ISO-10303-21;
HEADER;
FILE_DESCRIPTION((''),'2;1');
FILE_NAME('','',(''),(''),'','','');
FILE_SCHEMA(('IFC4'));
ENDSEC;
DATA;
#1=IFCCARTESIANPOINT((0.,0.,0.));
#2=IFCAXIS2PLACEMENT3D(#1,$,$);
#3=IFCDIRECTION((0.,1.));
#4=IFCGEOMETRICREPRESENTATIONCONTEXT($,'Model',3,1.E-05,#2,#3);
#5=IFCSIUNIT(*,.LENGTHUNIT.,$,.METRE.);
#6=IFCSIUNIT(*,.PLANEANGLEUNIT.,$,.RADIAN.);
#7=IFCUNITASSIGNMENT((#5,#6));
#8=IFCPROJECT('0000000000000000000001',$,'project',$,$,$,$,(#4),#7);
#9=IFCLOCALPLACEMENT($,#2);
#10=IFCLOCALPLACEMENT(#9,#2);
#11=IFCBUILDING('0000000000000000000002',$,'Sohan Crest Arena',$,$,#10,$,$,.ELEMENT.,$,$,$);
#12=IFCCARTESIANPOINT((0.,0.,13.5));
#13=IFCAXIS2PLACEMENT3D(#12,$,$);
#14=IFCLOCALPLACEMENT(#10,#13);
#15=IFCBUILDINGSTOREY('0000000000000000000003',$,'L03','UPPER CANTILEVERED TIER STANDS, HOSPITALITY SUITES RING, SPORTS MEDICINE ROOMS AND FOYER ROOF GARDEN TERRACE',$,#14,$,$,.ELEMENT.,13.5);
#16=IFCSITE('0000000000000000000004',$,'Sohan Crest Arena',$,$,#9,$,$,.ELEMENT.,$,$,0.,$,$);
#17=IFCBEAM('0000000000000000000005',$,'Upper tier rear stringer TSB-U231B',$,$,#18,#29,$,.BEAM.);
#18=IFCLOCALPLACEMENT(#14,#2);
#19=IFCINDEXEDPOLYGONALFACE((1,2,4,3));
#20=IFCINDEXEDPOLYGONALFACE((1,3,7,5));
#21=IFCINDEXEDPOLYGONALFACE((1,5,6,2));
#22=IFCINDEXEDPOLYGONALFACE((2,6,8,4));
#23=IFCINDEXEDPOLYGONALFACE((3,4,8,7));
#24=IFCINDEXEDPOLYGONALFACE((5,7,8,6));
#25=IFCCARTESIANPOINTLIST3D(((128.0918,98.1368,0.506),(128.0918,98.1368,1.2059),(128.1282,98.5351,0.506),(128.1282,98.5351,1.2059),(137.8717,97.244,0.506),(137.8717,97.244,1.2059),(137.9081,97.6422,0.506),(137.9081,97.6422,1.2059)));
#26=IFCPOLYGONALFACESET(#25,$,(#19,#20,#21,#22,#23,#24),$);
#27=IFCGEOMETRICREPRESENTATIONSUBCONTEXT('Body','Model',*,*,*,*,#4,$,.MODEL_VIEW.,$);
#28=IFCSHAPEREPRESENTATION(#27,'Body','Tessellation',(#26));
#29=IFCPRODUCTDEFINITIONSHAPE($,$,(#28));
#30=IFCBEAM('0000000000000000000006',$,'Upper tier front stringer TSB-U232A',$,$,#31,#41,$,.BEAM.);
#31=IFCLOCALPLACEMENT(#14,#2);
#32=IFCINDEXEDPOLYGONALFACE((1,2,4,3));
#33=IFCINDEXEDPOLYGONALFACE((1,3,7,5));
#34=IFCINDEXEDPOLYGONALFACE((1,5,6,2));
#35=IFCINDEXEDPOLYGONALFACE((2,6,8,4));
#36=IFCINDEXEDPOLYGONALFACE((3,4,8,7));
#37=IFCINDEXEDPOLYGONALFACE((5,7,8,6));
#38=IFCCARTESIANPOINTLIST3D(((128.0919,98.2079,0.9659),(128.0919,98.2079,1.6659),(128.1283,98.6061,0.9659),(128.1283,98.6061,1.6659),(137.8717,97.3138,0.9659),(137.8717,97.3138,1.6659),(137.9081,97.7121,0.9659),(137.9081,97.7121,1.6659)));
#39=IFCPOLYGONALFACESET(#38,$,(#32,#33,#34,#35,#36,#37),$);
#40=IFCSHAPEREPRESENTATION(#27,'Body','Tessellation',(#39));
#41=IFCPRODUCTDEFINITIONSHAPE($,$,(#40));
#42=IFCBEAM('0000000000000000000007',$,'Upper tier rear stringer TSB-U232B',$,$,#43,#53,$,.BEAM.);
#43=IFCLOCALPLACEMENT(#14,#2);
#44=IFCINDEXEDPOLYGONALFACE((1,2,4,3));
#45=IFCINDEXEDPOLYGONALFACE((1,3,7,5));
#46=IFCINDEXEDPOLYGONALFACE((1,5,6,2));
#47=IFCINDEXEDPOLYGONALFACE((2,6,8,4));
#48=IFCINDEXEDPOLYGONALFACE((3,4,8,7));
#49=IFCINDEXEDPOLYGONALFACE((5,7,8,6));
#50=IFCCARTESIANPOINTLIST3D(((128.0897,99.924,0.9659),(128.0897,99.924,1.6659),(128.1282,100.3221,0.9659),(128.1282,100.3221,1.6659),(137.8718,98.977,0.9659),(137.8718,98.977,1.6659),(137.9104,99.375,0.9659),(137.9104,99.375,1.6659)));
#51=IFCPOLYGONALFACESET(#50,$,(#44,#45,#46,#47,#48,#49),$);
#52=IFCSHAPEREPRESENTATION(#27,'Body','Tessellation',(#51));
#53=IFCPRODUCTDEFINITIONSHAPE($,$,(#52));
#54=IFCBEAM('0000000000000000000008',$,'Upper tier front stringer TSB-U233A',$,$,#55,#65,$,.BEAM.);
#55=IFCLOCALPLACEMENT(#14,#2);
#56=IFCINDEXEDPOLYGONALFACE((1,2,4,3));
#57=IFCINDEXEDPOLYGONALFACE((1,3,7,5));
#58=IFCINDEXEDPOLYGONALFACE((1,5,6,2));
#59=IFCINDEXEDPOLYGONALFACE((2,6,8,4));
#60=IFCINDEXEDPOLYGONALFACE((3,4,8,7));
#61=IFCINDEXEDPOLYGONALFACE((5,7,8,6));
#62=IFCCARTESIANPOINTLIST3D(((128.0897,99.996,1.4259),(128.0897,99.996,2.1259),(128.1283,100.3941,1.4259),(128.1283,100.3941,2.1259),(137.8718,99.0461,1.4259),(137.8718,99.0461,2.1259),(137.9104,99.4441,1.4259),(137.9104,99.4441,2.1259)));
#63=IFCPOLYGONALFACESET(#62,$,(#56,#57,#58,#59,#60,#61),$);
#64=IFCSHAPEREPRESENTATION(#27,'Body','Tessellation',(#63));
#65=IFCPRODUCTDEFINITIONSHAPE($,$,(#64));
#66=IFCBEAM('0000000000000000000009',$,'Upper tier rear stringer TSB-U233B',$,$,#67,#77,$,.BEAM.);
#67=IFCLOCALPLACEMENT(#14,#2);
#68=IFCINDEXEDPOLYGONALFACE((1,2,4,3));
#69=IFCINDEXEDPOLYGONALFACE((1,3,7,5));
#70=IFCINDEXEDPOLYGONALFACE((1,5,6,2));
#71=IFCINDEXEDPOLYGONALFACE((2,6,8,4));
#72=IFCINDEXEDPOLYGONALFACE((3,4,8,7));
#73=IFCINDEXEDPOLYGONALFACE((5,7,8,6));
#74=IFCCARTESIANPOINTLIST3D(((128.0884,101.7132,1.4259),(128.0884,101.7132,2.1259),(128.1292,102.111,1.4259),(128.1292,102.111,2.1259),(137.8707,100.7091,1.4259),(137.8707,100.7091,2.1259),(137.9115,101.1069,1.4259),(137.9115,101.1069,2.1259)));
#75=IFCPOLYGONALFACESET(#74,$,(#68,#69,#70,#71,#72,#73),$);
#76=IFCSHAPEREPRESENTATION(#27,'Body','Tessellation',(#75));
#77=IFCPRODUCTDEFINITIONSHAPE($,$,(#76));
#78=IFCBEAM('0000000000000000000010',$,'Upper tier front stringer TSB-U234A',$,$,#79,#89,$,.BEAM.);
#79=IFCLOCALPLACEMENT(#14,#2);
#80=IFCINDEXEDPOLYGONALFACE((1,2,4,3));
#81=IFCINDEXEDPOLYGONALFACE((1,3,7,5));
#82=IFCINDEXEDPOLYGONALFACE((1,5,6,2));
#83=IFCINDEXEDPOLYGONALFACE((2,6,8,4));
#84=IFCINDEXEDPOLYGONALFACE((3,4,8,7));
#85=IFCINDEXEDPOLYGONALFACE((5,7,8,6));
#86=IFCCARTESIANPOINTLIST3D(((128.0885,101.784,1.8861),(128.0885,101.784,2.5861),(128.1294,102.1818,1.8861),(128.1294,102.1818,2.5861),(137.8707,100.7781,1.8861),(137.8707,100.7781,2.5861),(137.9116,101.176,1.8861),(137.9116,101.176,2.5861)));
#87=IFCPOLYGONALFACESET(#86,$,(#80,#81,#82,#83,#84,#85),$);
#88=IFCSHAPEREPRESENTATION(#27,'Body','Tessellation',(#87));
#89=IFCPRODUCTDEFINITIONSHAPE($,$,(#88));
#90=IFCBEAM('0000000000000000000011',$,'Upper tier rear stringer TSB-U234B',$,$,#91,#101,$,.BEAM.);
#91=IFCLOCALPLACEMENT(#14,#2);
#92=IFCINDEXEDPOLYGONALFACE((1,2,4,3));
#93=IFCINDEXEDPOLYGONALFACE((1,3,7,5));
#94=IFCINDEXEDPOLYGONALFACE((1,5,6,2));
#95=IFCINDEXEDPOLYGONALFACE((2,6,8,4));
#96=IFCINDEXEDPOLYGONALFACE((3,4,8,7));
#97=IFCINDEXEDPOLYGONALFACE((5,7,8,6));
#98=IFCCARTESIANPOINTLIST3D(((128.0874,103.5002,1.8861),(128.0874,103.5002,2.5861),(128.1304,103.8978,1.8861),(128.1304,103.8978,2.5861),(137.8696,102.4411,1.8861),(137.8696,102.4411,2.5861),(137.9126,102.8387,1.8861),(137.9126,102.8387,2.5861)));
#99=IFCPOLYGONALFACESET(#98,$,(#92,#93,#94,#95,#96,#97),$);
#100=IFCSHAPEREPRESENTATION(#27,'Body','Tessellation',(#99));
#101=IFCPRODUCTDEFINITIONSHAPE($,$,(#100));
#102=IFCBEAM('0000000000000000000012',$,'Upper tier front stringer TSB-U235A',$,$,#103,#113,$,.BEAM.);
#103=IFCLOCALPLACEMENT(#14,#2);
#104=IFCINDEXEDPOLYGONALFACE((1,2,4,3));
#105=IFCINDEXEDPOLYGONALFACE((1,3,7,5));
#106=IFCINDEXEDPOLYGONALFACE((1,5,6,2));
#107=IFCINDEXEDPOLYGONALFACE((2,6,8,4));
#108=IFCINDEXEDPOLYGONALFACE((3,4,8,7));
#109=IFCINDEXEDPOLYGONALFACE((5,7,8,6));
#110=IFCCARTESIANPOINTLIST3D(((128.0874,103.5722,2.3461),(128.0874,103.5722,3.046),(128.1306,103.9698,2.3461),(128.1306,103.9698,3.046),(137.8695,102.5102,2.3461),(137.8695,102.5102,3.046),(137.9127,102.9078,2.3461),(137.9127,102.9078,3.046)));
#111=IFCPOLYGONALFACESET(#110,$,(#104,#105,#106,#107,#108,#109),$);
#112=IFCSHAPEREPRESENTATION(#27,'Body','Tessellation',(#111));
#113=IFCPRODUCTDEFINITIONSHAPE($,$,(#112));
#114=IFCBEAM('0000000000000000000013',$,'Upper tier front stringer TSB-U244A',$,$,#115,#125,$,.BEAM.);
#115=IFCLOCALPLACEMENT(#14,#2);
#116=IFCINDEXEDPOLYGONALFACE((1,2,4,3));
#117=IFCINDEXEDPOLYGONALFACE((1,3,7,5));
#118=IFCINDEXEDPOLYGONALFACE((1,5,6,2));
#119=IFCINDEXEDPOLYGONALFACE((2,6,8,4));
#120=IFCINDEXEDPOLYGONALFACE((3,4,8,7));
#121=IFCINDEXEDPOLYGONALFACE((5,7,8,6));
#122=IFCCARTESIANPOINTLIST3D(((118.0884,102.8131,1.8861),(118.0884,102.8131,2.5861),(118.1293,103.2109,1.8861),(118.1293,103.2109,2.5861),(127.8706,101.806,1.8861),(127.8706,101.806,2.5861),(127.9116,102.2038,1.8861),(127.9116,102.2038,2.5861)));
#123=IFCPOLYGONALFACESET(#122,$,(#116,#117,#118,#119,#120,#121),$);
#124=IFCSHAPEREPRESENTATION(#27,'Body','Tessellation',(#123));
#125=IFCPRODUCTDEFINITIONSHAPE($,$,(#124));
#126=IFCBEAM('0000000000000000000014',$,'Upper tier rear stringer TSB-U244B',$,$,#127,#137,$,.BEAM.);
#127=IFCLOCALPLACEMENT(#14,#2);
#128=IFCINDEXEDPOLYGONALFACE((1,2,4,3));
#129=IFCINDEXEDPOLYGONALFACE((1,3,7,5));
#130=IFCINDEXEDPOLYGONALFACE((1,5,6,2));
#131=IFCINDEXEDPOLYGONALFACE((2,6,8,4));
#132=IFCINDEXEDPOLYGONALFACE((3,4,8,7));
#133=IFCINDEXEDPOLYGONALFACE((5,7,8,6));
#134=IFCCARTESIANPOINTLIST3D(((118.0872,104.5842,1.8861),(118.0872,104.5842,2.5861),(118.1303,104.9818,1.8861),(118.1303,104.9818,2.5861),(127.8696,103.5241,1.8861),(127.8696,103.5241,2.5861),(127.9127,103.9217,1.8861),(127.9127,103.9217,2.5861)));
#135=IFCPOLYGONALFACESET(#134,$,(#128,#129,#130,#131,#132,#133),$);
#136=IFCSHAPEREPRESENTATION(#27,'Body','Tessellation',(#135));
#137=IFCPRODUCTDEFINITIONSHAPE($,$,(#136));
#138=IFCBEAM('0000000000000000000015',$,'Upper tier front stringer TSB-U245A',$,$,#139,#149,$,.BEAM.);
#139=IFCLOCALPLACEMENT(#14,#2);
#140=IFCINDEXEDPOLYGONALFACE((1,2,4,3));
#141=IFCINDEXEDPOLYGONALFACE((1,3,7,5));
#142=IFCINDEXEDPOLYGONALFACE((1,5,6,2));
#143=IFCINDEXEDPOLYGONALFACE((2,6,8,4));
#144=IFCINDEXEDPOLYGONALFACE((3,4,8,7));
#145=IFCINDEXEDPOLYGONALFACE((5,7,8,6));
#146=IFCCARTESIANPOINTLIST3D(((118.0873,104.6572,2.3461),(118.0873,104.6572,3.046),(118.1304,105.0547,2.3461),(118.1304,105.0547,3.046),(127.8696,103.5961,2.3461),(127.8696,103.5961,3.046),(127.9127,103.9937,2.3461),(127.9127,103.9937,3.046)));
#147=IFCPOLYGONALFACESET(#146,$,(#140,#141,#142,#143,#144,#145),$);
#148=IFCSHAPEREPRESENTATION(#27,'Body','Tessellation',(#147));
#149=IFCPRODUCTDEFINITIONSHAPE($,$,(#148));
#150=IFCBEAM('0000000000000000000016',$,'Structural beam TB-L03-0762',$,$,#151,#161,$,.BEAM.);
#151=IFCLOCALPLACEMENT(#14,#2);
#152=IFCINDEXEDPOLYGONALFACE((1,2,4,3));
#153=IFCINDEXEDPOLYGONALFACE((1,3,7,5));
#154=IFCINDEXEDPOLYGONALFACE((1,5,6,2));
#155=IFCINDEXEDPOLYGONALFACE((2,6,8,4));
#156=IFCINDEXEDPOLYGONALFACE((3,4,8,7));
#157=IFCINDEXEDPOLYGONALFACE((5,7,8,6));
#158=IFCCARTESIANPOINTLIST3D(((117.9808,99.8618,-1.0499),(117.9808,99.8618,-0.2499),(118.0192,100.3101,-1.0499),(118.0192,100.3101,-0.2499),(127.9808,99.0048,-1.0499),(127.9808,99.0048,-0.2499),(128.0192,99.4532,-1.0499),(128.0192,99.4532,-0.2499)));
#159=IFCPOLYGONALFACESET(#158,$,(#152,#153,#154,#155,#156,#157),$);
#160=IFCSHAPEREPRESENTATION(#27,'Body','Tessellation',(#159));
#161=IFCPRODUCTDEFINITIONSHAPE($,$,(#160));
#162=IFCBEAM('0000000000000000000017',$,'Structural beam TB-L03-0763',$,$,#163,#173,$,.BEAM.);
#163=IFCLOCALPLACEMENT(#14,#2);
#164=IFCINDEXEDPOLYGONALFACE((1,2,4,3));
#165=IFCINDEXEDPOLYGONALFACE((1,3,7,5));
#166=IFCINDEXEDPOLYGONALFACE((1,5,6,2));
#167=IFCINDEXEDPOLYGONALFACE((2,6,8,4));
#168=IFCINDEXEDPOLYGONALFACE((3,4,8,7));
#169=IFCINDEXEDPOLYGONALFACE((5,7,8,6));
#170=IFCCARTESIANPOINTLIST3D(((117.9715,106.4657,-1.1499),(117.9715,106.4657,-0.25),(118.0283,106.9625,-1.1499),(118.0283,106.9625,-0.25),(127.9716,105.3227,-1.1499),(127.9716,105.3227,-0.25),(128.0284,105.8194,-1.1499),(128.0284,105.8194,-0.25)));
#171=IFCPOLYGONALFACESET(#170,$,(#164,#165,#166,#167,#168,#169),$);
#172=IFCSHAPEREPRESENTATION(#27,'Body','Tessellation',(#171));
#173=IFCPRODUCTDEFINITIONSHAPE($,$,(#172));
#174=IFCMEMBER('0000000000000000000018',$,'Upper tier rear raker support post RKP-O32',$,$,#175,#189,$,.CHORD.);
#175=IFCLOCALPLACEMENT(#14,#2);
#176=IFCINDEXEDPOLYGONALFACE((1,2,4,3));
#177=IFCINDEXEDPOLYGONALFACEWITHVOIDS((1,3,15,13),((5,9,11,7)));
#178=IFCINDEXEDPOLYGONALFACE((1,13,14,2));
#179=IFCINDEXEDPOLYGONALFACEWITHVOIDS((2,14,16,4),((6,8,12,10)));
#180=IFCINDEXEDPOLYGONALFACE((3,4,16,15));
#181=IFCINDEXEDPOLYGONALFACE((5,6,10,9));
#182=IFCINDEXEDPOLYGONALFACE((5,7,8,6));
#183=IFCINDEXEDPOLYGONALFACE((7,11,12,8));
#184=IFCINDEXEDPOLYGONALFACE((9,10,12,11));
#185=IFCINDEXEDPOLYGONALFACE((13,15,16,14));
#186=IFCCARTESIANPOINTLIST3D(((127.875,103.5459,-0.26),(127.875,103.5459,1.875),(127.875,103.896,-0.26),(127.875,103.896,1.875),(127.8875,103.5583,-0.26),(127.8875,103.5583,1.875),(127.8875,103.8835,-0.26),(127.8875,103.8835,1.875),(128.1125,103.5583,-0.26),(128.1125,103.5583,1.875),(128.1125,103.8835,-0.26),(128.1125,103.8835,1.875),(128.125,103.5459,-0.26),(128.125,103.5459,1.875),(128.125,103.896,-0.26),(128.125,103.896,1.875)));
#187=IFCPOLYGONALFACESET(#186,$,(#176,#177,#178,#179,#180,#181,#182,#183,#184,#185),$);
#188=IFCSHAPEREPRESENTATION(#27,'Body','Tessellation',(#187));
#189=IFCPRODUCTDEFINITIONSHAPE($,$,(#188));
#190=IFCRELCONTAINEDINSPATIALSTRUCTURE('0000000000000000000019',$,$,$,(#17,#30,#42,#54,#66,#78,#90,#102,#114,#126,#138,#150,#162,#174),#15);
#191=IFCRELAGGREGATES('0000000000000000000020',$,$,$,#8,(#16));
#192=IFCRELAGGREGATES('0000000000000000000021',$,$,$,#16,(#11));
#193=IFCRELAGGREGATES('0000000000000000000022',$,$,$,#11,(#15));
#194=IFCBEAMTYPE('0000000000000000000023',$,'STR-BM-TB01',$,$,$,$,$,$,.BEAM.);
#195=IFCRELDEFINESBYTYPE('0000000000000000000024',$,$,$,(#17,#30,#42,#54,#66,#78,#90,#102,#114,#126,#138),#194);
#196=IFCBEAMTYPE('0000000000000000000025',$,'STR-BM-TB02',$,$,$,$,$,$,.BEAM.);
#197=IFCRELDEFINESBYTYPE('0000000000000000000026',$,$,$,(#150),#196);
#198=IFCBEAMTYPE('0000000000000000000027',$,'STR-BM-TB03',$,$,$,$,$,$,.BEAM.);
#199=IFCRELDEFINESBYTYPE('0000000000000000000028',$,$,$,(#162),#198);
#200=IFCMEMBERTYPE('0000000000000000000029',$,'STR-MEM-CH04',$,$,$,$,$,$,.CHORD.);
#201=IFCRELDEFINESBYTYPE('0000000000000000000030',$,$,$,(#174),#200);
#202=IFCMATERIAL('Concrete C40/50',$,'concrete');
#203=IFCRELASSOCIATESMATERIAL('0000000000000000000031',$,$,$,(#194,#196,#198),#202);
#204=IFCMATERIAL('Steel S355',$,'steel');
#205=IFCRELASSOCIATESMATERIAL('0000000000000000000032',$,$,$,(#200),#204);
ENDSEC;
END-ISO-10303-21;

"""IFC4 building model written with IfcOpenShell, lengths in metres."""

from ifc_helpers import new_model, si_unit, direction, frame, origin, origin_2d, place, context, subcontext, project, spatial, rectangle, hollow_rectangle, extrude, material, material_profile, profile_set, type_object, element, save


model = new_model("IFC4")

# Units and contexts
model_context = context("Model", 3, precision=1e-05, world=origin(), true_north=direction((0.0, 1.0)))
body_context = subcontext(model_context, "Body", "Model", "MODEL_VIEW")
ifc_project = project(units=[si_unit("LENGTHUNIT", "METRE"), si_unit("PLANEANGLEUNIT", "RADIAN")], contexts=[model_context])

# Site, building, storey
site_placement = place(None, origin())
site = spatial("IfcSite", under=ifc_project, at=site_placement, Name="Sohan Crest Arena", CompositionType="ELEMENT", RefElevation=0.0)
building_placement = place(site_placement, origin())
building = spatial("IfcBuilding", under=site, at=building_placement, Name="Sohan Crest Arena", CompositionType="ELEMENT")
storey_placement = place(building_placement, frame((0.0, 0.0, 13.5)))
storey = spatial("IfcBuildingStorey", under=building, at=storey_placement, Name="L03", Description="UPPER CANTILEVERED TIER STANDS, HOSPITALITY SUITES RING, SPORTS MEDICINE ROOMS AND FOYER ROOF GARDEN TERRACE", CompositionType="ELEMENT", Elevation=13.5)

# Shared definitions
ifc_material_1 = material(Name="Concrete C40/50", Category="concrete")
ifc_material_2 = material(Name="Steel S355", Category="steel")

# Beams
ifc_material_profile_1 = material_profile(ifc_material_1, rectangle(XDim=0.3999, YDim=0.7, at=origin_2d()), Name="RC-BM 400x700")
ifc_profile_set_1 = profile_set([ifc_material_profile_1], Name="Concrete C40/50")
beam_type_1 = type_object("IfcBeamType", Name="STR-BM-TB01", PredefinedType="BEAM", material=ifc_profile_set_1)
for number, where, z_axis, x_axis, name in (
    (1, (137.8899, 97.4431, 0.856), (-0.995859, 0.090915, 0.0), (-0.090915, -0.995859, 0.0), "Upper tier rear stringer TSB-U231B"),
    (2, (137.8899, 97.5129, 1.3159), (-0.995847, 0.091038, 0.0), (-0.091038, -0.995847, 0.0), "Upper tier front stringer TSB-U232A"),
):
    element("IfcBeam", number, at=place(storey_placement, frame(where, z_axis=z_axis, x_axis=x_axis)), inside=storey, type_object=beam_type_1, Name=name, PredefinedType="BEAM", context=body_context, shape_type="SweptSolid", body=[
        extrude(rectangle(XDim=0.3999, YDim=0.7, at=origin_2d()), origin(), (0.0, 0.0, 1.0), 9.8206),
    ])
beam_1_placement = place(storey_placement, frame((137.8911, 99.176, 1.3159), z_axis=(-0.995347, 0.09636, 0.0), x_axis=(-0.09636, -0.995347, 0.0)))
element("IfcBeam", 3, at=beam_1_placement, inside=storey, type_object=beam_type_1, Name="Upper tier rear stringer TSB-U232B", PredefinedType="BEAM", context=body_context, shape_type="SweptSolid", body=[
    extrude(rectangle(XDim=0.3999, YDim=0.7, at=origin_2d()), origin(), (0.0, 0.0, 1.0), 9.8279),
])
beam_2_placement = place(storey_placement, frame((137.8911, 99.2451, 1.7759), z_axis=(-0.995318, 0.096655, 0.0), x_axis=(-0.096655, -0.995318, 0.0)))
element("IfcBeam", 4, at=beam_2_placement, inside=storey, type_object=beam_type_1, Name="Upper tier front stringer TSB-U233A", PredefinedType="BEAM", context=body_context, shape_type="SweptSolid", body=[
    extrude(rectangle(XDim=0.3999, YDim=0.7, at=origin_2d()), origin(), (0.0, 0.0, 1.0), 9.8281),
])
for number, where, z_axis, x_axis, name in (
    (5, (137.8911, 100.908, 1.7759), (-0.994773, 0.102114, 0.0), (-0.102114, -0.994773, 0.0), "Upper tier rear stringer TSB-U233B"),
    (6, (137.8911, 100.9771, 2.2361), (-0.994755, 0.102286, 0.0), (-0.102286, -0.994755, 0.0), "Upper tier front stringer TSB-U234A"),
):
    element("IfcBeam", number, at=place(storey_placement, frame(where, z_axis=z_axis, x_axis=x_axis)), inside=storey, type_object=beam_type_1, Name=name, PredefinedType="BEAM", context=body_context, shape_type="SweptSolid", body=[
        extrude(rectangle(XDim=0.3999, YDim=0.7, at=origin_2d()), origin(), (0.0, 0.0, 1.0), 9.8337),
    ])
beam_3_placement = place(storey_placement, frame((137.8911, 102.6399, 2.2361), z_axis=(-0.99419, 0.107637, 0.0), x_axis=(-0.107637, -0.99419, 0.0)))
element("IfcBeam", 7, at=beam_3_placement, inside=storey, type_object=beam_type_1, Name="Upper tier rear stringer TSB-U234B", PredefinedType="BEAM", context=body_context, shape_type="SweptSolid", body=[
    extrude(rectangle(XDim=0.3999, YDim=0.7, at=origin_2d()), origin(), (0.0, 0.0, 1.0), 9.8394),
])
beam_4_placement = place(storey_placement, frame((137.8911, 102.709, 2.696), z_axis=(-0.994158, 0.107931, 0.0), x_axis=(-0.107931, -0.994158, 0.0)))
element("IfcBeam", 8, at=beam_4_placement, inside=storey, type_object=beam_type_1, Name="Upper tier front stringer TSB-U235A", PredefinedType="BEAM", context=body_context, shape_type="SweptSolid", body=[
    extrude(rectangle(XDim=0.3999, YDim=0.7, at=origin_2d()), origin(), (0.0, 0.0, 1.0), 9.8396),
])
beam_5_placement = place(storey_placement, frame((127.8911, 102.0049, 2.2361), z_axis=(-0.994742, 0.102409, 0.0), x_axis=(-0.102409, -0.994742, 0.0)))
element("IfcBeam", 9, at=beam_5_placement, inside=storey, type_object=beam_type_1, Name="Upper tier front stringer TSB-U244A", PredefinedType="BEAM", context=body_context, shape_type="SweptSolid", body=[
    extrude(rectangle(XDim=0.3999, YDim=0.7, at=origin_2d()), origin(), (0.0, 0.0, 1.0), 9.834),
])
for number, where, z_axis, x_axis, name in (
    (10, (127.8911, 103.7229, 2.2361), (-0.99418, 0.107735, 0.0), (-0.107735, -0.99418, 0.0), "Upper tier rear stringer TSB-U244B"),
    (11, (127.8911, 103.7949, 2.696), (-0.994169, 0.107833, 0.0), (-0.107833, -0.994169, 0.0), "Upper tier front stringer TSB-U245A"),
):
    element("IfcBeam", number, at=place(storey_placement, frame(where, z_axis=z_axis, x_axis=x_axis)), inside=storey, type_object=beam_type_1, Name=name, PredefinedType="BEAM", context=body_context, shape_type="SweptSolid", body=[
        extrude(rectangle(XDim=0.3999, YDim=0.7, at=origin_2d()), origin(), (0.0, 0.0, 1.0), 9.8396),
    ])
ifc_material_profile_2 = material_profile(ifc_material_1, rectangle(XDim=0.45, YDim=0.8, at=origin_2d()), Name="RC-BM 450x800")
ifc_profile_set_2 = profile_set([ifc_material_profile_2], Name="Concrete C40/50")
beam_type_2 = type_object("IfcBeamType", Name="STR-BM-TB02", PredefinedType="BEAM", material=ifc_profile_set_2)
beam_6_placement = place(storey_placement, frame((128.0, 99.229, -0.6499), z_axis=(-0.996348, 0.08538, 0.0), x_axis=(-0.08538, -0.996348, 0.0)))
element("IfcBeam", 12, at=beam_6_placement, inside=storey, type_object=beam_type_2, Name="Structural beam TB-L03-0762", PredefinedType="BEAM", context=body_context, shape_type="SweptSolid", body=[
    extrude(rectangle(XDim=0.45, YDim=0.8, at=origin_2d()), origin(), (0.0, 0.0, 1.0), 10.0366),
])
ifc_material_profile_3 = material_profile(ifc_material_1, rectangle(XDim=0.5, YDim=0.8999, at=origin_2d()), Name="RC-BM 500x900")
ifc_profile_set_3 = profile_set([ifc_material_profile_3], Name="Concrete C40/50")
beam_type_3 = type_object("IfcBeamType", Name="STR-BM-TB03", PredefinedType="BEAM", material=ifc_profile_set_3)
beam_7_placement = place(storey_placement, frame((128.0, 105.571, -0.7), z_axis=(-0.99353, 0.113567, 0.0), x_axis=(-0.113567, -0.99353, 0.0)))
element("IfcBeam", 13, at=beam_7_placement, inside=storey, type_object=beam_type_3, Name="Structural beam TB-L03-0763", PredefinedType="BEAM", context=body_context, shape_type="SweptSolid", body=[
    extrude(rectangle(XDim=0.5, YDim=0.8999, at=origin_2d()), origin(), (0.0, 0.0, 1.0), 10.0652),
])

# Member
ifc_material_profile_4 = material_profile(ifc_material_2, hollow_rectangle(XDim=0.25, YDim=0.3501, WallThickness=0.0125, at=origin_2d()), Name="RHS 350x250x12.5")
ifc_profile_set_4 = profile_set([ifc_material_profile_4], Name="Steel S355")
member_type = type_object("IfcMemberType", Name="STR-MEM-CH04", PredefinedType="CHORD", material=ifc_profile_set_4)
member_placement = place(storey_placement, frame((128.0, 103.7209, -0.26), z_axis=(0.0, 0.0, 1.0), x_axis=(1.0, 0.0, 0.0)))
element("IfcMember", 14, at=member_placement, inside=storey, type_object=member_type, Name="Upper tier rear raker support post RKP-O32", PredefinedType="CHORD", context=body_context, shape_type="SweptSolid", body=[
    extrude(hollow_rectangle(XDim=0.25, YDim=0.3501, WallThickness=0.0125, at=origin_2d()), origin(), (0.0, 0.0, 1.0), 2.135),
])

save(model, "model.ifc")
